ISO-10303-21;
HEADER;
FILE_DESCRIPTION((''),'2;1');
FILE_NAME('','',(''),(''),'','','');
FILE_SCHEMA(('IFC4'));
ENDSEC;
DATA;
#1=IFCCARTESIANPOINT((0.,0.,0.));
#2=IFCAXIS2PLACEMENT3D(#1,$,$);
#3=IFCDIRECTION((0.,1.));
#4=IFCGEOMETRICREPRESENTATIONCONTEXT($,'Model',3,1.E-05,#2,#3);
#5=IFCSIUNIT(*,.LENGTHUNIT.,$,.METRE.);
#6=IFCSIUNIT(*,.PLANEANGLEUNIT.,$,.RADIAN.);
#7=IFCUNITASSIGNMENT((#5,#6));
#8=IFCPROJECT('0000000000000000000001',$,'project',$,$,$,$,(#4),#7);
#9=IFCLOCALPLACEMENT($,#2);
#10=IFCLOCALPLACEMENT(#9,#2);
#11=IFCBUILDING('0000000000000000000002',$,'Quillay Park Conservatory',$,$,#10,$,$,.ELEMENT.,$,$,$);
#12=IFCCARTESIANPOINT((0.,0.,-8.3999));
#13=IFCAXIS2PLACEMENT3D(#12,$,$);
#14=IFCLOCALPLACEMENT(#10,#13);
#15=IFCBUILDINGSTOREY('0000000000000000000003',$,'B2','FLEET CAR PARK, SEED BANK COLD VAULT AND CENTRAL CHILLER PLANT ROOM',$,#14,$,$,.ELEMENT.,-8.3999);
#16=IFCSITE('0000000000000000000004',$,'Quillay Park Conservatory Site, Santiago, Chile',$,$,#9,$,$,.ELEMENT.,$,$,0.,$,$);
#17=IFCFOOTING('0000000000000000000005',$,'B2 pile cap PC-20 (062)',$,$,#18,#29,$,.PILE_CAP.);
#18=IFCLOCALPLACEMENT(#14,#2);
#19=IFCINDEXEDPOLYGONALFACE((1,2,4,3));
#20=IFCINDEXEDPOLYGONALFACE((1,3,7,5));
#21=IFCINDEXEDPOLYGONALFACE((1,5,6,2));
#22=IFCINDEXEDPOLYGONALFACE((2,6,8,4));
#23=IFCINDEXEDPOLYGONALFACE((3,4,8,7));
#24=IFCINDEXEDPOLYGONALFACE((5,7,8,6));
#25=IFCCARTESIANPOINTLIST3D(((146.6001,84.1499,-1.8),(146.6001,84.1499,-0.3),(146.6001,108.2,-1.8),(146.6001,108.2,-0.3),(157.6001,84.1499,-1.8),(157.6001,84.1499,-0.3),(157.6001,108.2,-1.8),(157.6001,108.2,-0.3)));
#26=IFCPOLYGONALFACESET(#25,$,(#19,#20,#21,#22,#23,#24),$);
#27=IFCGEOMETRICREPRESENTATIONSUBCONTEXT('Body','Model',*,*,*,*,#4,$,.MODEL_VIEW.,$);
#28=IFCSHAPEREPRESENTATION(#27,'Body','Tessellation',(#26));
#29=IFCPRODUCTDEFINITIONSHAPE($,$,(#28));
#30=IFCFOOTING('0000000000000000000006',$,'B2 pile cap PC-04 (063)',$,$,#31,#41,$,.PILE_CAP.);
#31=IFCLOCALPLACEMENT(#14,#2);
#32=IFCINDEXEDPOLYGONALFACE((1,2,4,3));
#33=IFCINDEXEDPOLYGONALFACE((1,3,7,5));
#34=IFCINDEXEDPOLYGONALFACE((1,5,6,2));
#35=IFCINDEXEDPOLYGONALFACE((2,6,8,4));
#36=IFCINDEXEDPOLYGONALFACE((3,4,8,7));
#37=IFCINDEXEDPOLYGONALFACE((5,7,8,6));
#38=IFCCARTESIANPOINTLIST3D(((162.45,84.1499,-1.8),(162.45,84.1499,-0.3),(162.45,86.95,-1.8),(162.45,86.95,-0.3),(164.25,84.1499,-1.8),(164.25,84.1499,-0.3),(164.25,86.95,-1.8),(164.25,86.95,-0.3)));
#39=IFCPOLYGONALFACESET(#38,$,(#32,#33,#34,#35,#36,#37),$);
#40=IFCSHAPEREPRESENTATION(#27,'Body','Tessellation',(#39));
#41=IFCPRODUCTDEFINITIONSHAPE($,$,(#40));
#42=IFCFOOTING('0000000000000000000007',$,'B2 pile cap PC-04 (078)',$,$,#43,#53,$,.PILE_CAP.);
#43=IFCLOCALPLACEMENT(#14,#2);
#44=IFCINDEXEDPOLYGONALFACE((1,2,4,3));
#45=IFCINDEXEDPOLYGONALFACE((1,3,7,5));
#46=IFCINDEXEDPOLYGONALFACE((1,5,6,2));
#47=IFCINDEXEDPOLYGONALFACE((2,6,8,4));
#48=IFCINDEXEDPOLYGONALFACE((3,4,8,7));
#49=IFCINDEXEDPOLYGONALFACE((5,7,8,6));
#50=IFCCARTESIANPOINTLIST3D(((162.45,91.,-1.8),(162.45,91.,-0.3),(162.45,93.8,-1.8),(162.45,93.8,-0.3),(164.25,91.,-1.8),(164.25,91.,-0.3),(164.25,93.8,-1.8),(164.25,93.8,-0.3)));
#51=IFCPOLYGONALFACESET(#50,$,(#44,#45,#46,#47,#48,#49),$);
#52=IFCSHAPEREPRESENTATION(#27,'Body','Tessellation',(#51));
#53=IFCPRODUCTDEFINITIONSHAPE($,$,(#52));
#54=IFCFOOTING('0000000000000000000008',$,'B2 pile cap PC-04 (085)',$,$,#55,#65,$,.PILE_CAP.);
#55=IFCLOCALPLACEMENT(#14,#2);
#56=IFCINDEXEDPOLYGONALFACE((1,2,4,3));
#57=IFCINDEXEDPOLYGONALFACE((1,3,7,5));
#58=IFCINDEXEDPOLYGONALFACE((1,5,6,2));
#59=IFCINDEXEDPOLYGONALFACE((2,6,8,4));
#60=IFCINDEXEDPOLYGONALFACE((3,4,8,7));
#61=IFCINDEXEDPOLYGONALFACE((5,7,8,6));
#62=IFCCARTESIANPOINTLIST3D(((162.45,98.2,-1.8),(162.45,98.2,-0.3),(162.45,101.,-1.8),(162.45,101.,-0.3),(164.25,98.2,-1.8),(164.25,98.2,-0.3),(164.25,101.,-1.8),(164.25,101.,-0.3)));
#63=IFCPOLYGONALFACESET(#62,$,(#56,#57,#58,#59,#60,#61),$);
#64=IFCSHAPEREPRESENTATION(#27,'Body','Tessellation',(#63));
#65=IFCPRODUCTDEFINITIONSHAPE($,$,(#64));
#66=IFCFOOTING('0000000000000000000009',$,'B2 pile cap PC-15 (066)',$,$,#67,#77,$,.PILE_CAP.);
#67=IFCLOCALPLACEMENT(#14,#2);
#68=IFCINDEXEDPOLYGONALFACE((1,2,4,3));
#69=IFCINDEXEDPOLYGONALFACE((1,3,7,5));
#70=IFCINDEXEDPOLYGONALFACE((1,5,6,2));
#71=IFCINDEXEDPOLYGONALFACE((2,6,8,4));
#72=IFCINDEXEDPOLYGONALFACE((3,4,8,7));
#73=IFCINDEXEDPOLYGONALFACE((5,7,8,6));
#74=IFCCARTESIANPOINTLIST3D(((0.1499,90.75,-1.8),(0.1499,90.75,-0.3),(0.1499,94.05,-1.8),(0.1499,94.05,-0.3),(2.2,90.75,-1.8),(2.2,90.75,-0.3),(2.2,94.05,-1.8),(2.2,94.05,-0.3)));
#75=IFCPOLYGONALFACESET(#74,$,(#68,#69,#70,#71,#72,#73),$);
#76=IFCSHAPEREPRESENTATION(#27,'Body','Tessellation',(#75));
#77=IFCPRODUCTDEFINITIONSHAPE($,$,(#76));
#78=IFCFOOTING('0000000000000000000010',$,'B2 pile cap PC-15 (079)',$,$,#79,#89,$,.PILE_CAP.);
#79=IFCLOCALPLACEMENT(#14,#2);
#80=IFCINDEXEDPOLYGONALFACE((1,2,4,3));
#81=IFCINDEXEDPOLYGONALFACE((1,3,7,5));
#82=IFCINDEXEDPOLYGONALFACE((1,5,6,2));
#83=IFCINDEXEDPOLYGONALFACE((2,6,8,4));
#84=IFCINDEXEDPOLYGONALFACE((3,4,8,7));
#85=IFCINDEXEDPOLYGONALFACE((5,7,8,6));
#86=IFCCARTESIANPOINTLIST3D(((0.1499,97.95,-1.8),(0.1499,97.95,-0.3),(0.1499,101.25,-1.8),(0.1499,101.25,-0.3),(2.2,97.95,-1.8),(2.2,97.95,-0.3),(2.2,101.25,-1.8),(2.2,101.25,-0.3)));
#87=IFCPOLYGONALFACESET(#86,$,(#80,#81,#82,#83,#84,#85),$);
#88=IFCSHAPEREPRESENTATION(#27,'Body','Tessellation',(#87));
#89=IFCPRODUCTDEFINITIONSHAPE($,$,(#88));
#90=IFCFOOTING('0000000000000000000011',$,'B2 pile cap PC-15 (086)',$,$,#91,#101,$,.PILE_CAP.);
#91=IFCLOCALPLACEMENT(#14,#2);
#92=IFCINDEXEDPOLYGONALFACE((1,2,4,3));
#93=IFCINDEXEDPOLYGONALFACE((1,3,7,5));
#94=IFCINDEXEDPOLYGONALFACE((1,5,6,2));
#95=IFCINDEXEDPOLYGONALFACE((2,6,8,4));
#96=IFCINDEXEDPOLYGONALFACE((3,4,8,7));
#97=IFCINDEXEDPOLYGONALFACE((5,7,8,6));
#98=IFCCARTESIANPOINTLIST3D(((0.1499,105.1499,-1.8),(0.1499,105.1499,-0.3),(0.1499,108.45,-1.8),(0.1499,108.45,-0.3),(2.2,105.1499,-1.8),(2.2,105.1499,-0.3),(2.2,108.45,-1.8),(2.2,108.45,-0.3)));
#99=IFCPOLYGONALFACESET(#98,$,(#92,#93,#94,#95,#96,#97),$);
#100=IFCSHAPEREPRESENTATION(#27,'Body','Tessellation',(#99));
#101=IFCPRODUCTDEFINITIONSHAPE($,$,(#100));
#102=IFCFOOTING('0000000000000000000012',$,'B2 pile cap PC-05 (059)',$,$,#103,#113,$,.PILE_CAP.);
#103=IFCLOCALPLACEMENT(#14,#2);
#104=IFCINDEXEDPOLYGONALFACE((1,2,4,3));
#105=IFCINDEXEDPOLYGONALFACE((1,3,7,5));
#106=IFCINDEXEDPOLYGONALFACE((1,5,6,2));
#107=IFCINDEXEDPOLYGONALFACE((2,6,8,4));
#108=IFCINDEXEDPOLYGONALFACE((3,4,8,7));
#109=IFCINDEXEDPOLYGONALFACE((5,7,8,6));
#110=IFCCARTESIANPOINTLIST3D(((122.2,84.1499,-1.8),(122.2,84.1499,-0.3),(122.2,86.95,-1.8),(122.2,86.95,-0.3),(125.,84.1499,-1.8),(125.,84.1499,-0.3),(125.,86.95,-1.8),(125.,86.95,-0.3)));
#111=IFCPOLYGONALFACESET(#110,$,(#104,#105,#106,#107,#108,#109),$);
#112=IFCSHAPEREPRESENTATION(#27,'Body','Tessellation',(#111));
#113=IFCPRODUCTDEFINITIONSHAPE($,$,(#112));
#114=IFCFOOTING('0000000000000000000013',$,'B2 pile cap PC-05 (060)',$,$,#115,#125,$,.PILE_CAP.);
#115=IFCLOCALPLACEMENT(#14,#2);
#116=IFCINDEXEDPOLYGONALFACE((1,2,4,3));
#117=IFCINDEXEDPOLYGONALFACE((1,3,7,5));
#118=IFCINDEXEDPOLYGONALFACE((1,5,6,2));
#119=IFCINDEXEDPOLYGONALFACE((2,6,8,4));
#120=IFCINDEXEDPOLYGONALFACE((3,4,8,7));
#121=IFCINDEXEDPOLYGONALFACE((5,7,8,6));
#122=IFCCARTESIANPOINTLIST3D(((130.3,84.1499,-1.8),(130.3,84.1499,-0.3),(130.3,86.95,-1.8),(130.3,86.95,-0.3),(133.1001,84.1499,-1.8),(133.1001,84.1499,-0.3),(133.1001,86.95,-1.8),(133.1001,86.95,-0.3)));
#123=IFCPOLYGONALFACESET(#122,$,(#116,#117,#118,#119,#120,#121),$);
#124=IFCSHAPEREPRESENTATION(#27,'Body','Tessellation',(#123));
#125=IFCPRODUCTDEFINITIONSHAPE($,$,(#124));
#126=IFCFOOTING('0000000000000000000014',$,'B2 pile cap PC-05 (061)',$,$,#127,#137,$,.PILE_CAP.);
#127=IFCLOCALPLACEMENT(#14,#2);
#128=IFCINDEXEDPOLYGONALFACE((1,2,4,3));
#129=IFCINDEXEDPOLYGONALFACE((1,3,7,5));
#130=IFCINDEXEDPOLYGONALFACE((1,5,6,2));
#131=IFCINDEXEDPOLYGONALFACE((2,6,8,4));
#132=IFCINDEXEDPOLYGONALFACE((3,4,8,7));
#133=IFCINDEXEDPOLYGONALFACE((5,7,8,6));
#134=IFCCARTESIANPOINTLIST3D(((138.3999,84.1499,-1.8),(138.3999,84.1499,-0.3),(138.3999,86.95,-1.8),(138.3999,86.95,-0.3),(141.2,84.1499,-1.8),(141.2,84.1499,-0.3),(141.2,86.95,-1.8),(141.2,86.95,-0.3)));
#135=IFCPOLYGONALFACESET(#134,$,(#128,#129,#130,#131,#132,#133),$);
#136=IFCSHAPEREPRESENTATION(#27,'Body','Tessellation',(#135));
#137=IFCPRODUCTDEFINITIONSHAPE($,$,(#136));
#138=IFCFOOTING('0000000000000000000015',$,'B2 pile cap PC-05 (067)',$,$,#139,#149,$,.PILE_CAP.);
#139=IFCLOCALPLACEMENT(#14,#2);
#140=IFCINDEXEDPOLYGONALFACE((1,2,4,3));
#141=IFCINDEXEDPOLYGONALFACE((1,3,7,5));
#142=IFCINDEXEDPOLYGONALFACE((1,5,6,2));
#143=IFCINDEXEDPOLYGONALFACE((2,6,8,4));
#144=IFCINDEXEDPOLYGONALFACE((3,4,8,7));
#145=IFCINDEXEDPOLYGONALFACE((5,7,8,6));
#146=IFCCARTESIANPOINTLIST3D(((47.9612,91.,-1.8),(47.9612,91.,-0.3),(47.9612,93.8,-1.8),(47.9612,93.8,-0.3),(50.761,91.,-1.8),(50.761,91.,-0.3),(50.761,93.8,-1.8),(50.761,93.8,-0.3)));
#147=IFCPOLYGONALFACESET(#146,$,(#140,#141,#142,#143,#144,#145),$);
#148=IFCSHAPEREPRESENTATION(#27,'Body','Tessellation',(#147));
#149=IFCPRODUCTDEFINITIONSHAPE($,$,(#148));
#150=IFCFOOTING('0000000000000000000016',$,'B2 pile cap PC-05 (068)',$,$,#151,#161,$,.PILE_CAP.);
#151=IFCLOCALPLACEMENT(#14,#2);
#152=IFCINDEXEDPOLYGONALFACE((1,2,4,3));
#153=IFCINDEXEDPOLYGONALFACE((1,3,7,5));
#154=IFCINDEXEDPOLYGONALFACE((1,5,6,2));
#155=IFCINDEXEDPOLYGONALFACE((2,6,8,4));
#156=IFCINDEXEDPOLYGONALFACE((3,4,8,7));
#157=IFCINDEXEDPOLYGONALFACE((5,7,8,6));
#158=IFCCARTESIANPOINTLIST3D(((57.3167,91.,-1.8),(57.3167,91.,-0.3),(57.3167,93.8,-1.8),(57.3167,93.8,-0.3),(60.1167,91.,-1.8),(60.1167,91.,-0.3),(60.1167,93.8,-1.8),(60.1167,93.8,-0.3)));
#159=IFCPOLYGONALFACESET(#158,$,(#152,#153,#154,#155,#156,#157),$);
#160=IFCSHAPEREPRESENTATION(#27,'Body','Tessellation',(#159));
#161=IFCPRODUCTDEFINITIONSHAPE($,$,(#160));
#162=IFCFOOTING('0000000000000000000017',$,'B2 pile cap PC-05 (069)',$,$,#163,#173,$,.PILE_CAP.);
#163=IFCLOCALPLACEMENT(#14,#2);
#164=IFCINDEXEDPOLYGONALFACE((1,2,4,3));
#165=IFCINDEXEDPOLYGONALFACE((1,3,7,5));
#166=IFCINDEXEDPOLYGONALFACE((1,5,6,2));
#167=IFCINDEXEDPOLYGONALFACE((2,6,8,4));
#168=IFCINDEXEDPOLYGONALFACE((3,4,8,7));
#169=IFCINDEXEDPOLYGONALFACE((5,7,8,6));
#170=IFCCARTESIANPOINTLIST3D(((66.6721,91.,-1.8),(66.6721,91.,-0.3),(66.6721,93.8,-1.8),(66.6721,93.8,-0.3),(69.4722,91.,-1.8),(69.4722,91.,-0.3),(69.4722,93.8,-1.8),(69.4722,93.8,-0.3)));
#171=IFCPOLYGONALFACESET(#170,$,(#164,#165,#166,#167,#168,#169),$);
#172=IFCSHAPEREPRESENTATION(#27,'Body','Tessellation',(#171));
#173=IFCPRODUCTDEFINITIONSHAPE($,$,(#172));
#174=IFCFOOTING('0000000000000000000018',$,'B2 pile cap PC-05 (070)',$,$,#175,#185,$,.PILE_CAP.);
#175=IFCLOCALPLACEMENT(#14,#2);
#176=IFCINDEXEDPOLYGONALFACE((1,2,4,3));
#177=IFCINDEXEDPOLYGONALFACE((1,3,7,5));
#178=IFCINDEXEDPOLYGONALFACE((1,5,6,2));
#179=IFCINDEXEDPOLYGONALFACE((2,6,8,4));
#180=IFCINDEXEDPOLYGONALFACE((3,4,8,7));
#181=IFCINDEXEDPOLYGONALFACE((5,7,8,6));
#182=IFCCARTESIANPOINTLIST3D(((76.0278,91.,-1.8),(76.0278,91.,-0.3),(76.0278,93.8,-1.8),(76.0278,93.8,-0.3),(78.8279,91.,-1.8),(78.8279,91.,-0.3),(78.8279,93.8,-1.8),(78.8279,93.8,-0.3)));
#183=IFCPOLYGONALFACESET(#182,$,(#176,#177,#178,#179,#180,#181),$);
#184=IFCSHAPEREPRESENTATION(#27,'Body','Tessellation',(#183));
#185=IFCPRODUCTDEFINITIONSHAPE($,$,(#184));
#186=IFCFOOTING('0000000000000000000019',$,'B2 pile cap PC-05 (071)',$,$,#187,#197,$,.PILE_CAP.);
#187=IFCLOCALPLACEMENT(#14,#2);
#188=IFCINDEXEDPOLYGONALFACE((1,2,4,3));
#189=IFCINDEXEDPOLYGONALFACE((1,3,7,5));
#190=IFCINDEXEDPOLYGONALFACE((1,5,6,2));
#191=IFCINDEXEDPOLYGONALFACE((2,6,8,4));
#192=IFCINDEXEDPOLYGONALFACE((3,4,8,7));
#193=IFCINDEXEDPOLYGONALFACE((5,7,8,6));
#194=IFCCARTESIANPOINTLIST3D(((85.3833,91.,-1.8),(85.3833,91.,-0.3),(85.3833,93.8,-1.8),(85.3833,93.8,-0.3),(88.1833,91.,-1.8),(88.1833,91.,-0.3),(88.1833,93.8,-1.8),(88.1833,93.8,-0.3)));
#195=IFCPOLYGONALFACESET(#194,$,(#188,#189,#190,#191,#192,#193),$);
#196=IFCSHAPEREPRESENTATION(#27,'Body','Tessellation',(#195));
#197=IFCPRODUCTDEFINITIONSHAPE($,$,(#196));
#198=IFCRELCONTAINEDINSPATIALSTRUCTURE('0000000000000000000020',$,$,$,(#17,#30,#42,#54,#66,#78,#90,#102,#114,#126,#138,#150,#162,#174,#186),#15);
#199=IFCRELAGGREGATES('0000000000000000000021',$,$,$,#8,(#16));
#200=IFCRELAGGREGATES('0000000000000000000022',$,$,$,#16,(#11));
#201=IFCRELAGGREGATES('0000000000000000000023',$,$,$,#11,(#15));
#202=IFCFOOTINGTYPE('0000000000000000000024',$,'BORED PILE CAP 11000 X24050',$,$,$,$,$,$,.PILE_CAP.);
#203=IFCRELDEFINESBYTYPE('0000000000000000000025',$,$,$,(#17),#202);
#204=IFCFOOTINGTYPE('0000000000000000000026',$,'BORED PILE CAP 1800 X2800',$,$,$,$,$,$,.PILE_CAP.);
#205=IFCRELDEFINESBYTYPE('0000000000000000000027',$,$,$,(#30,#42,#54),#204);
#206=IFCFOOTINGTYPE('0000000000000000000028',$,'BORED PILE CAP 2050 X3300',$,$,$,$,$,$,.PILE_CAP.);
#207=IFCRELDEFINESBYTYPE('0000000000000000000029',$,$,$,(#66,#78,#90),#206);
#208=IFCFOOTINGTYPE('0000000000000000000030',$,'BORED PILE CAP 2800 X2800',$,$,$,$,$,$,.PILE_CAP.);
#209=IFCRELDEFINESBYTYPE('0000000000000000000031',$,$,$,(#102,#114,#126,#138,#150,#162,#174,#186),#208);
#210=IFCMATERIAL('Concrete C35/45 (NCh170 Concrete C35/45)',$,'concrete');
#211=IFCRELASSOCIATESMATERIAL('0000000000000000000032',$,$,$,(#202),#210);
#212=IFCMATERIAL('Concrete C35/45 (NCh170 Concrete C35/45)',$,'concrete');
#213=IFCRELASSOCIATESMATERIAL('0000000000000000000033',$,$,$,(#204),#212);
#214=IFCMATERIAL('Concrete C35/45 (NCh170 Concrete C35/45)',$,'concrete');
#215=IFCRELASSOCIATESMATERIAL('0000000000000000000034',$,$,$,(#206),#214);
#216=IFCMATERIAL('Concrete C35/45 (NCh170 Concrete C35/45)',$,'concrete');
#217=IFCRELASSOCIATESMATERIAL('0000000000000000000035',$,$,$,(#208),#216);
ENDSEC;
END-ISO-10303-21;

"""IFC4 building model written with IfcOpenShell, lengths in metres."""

from ifc_helpers import new_model, si_unit, direction, frame, origin, place, context, subcontext, project, spatial, polyline, outline, extrude, material, type_object, element, save


model = new_model("IFC4")

# Units and contexts
model_context = context("Model", 3, precision=1e-05, world=origin(), true_north=direction((0.0, 1.0)))
body_context = subcontext(model_context, "Body", "Model", "MODEL_VIEW")
ifc_project = project(units=[si_unit("LENGTHUNIT", "METRE"), si_unit("PLANEANGLEUNIT", "RADIAN")], contexts=[model_context])

# Site, building, storey
site_placement = place(None, origin())
site = spatial("IfcSite", under=ifc_project, at=site_placement, Name="Quillay Park Conservatory Site, Santiago, Chile", CompositionType="ELEMENT", RefElevation=0.0)
building_placement = place(site_placement, origin())
building = spatial("IfcBuilding", under=site, at=building_placement, Name="Quillay Park Conservatory", CompositionType="ELEMENT")
storey_placement = place(building_placement, frame((0.0, 0.0, -8.3999)))
storey = spatial("IfcBuildingStorey", under=building, at=storey_placement, Name="B2", Description="FLEET CAR PARK, SEED BANK COLD VAULT AND CENTRAL CHILLER PLANT ROOM", CompositionType="ELEMENT", Elevation=-8.3999)

# Footings
ifc_material_1 = material(Name="Concrete C35/45 (NCh170 Concrete C35/45)", Category="concrete")
footing_type_1 = type_object("IfcFootingType", Name="BORED PILE CAP 11000 X24050", PredefinedType="PILE_CAP", material=ifc_material_1)
footing_1_placement = place(storey_placement, frame((0.0, 0.0, -1.8)))
element("IfcFooting", 1, at=footing_1_placement, inside=storey, type_object=footing_type_1, Name="B2 pile cap PC-20 (062)", PredefinedType="PILE_CAP", context=body_context, shape_type="SweptSolid", body=[
    extrude(outline(polyline([(146.6001, 84.1499), (157.6001, 84.1499), (157.6001, 108.2), (146.6001, 108.2), (146.6001, 84.1499)])), origin(), (0.0, 0.0, 1.0), 1.5),
])
ifc_material_2 = material(Name="Concrete C35/45 (NCh170 Concrete C35/45)", Category="concrete")
footing_type_2 = type_object("IfcFootingType", Name="BORED PILE CAP 1800 X2800", PredefinedType="PILE_CAP", material=ifc_material_2)
footing_2_placement = place(storey_placement, frame((0.0, 0.0, -1.8)))
element("IfcFooting", 2, at=footing_2_placement, inside=storey, type_object=footing_type_2, Name="B2 pile cap PC-04 (063)", PredefinedType="PILE_CAP", context=body_context, shape_type="SweptSolid", body=[
    extrude(outline(polyline([(162.45, 84.1499), (164.25, 84.1499), (164.25, 86.95), (162.45, 86.95), (162.45, 84.1499)])), origin(), (0.0, 0.0, 1.0), 1.5),
])
footing_3_placement = place(storey_placement, frame((0.0, 0.0, -1.8)))
element("IfcFooting", 3, at=footing_3_placement, inside=storey, type_object=footing_type_2, Name="B2 pile cap PC-04 (078)", PredefinedType="PILE_CAP", context=body_context, shape_type="SweptSolid", body=[
    extrude(outline(polyline([(162.45, 91.0), (164.25, 91.0), (164.25, 93.8), (162.45, 93.8), (162.45, 91.0)])), origin(), (0.0, 0.0, 1.0), 1.5),
])
footing_4_placement = place(storey_placement, frame((0.0, 0.0, -1.8)))
element("IfcFooting", 4, at=footing_4_placement, inside=storey, type_object=footing_type_2, Name="B2 pile cap PC-04 (085)", PredefinedType="PILE_CAP", context=body_context, shape_type="SweptSolid", body=[
    extrude(outline(polyline([(162.45, 98.2), (164.25, 98.2), (164.25, 101.0), (162.45, 101.0), (162.45, 98.2)])), origin(), (0.0, 0.0, 1.0), 1.5),
])
ifc_material_3 = material(Name="Concrete C35/45 (NCh170 Concrete C35/45)", Category="concrete")
footing_type_3 = type_object("IfcFootingType", Name="BORED PILE CAP 2050 X3300", PredefinedType="PILE_CAP", material=ifc_material_3)
footing_5_placement = place(storey_placement, frame((0.0, 0.0, -1.8)))
element("IfcFooting", 5, at=footing_5_placement, inside=storey, type_object=footing_type_3, Name="B2 pile cap PC-15 (066)", PredefinedType="PILE_CAP", context=body_context, shape_type="SweptSolid", body=[
    extrude(outline(polyline([(0.1499, 90.75), (2.2, 90.75), (2.2, 94.05), (0.1499, 94.05), (0.1499, 90.75)])), origin(), (0.0, 0.0, 1.0), 1.5),
])
footing_6_placement = place(storey_placement, frame((0.0, 0.0, -1.8)))
element("IfcFooting", 6, at=footing_6_placement, inside=storey, type_object=footing_type_3, Name="B2 pile cap PC-15 (079)", PredefinedType="PILE_CAP", context=body_context, shape_type="SweptSolid", body=[
    extrude(outline(polyline([(0.1499, 97.95), (2.2, 97.95), (2.2, 101.25), (0.1499, 101.25), (0.1499, 97.95)])), origin(), (0.0, 0.0, 1.0), 1.5),
])
footing_7_placement = place(storey_placement, frame((0.0, 0.0, -1.8)))
element("IfcFooting", 7, at=footing_7_placement, inside=storey, type_object=footing_type_3, Name="B2 pile cap PC-15 (086)", PredefinedType="PILE_CAP", context=body_context, shape_type="SweptSolid", body=[
    extrude(outline(polyline([(0.1499, 105.1499), (2.2, 105.1499), (2.2, 108.45), (0.1499, 108.45), (0.1499, 105.1499)])), origin(), (0.0, 0.0, 1.0), 1.5),
])
ifc_material_4 = material(Name="Concrete C35/45 (NCh170 Concrete C35/45)", Category="concrete")
footing_type_4 = type_object("IfcFootingType", Name="BORED PILE CAP 2800 X2800", PredefinedType="PILE_CAP", material=ifc_material_4)
footing_8_placement = place(storey_placement, frame((0.0, 0.0, -1.8)))
element("IfcFooting", 8, at=footing_8_placement, inside=storey, type_object=footing_type_4, Name="B2 pile cap PC-05 (059)", PredefinedType="PILE_CAP", context=body_context, shape_type="SweptSolid", body=[
    extrude(outline(polyline([(122.2, 84.1499), (125.0, 84.1499), (125.0, 86.95), (122.2, 86.95), (122.2, 84.1499)])), origin(), (0.0, 0.0, 1.0), 1.5),
])
footing_9_placement = place(storey_placement, frame((0.0, 0.0, -1.8)))
element("IfcFooting", 9, at=footing_9_placement, inside=storey, type_object=footing_type_4, Name="B2 pile cap PC-05 (060)", PredefinedType="PILE_CAP", context=body_context, shape_type="SweptSolid", body=[
    extrude(outline(polyline([(130.3, 84.1499), (133.1001, 84.1499), (133.1001, 86.95), (130.3, 86.95), (130.3, 84.1499)])), origin(), (0.0, 0.0, 1.0), 1.5),
])
footing_10_placement = place(storey_placement, frame((0.0, 0.0, -1.8)))
element("IfcFooting", 10, at=footing_10_placement, inside=storey, type_object=footing_type_4, Name="B2 pile cap PC-05 (061)", PredefinedType="PILE_CAP", context=body_context, shape_type="SweptSolid", body=[
    extrude(outline(polyline([(138.3999, 84.1499), (141.2, 84.1499), (141.2, 86.95), (138.3999, 86.95), (138.3999, 84.1499)])), origin(), (0.0, 0.0, 1.0), 1.5),
])
footing_11_placement = place(storey_placement, frame((0.0, 0.0, -1.8)))
element("IfcFooting", 11, at=footing_11_placement, inside=storey, type_object=footing_type_4, Name="B2 pile cap PC-05 (067)", PredefinedType="PILE_CAP", context=body_context, shape_type="SweptSolid", body=[
    extrude(outline(polyline([(47.9612, 91.0), (50.761, 91.0), (50.761, 93.8), (47.9612, 93.8), (47.9612, 91.0)])), origin(), (0.0, 0.0, 1.0), 1.5),
])
footing_12_placement = place(storey_placement, frame((0.0, 0.0, -1.8)))
element("IfcFooting", 12, at=footing_12_placement, inside=storey, type_object=footing_type_4, Name="B2 pile cap PC-05 (068)", PredefinedType="PILE_CAP", context=body_context, shape_type="SweptSolid", body=[
    extrude(outline(polyline([(57.3167, 91.0), (60.1167, 91.0), (60.1167, 93.8), (57.3167, 93.8), (57.3167, 91.0)])), origin(), (0.0, 0.0, 1.0), 1.5),
])
footing_13_placement = place(storey_placement, frame((0.0, 0.0, -1.8)))
element("IfcFooting", 13, at=footing_13_placement, inside=storey, type_object=footing_type_4, Name="B2 pile cap PC-05 (069)", PredefinedType="PILE_CAP", context=body_context, shape_type="SweptSolid", body=[
    extrude(outline(polyline([(66.6721, 91.0), (69.4722, 91.0), (69.4722, 93.8), (66.6721, 93.8), (66.6721, 91.0)])), origin(), (0.0, 0.0, 1.0), 1.5),
])
footing_14_placement = place(storey_placement, frame((0.0, 0.0, -1.8)))
element("IfcFooting", 14, at=footing_14_placement, inside=storey, type_object=footing_type_4, Name="B2 pile cap PC-05 (070)", PredefinedType="PILE_CAP", context=body_context, shape_type="SweptSolid", body=[
    extrude(outline(polyline([(76.0278, 91.0), (78.8279, 91.0), (78.8279, 93.8), (76.0278, 93.8), (76.0278, 91.0)])), origin(), (0.0, 0.0, 1.0), 1.5),
])
footing_15_placement = place(storey_placement, frame((0.0, 0.0, -1.8)))
element("IfcFooting", 15, at=footing_15_placement, inside=storey, type_object=footing_type_4, Name="B2 pile cap PC-05 (071)", PredefinedType="PILE_CAP", context=body_context, shape_type="SweptSolid", body=[
    extrude(outline(polyline([(85.3833, 91.0), (88.1833, 91.0), (88.1833, 93.8), (85.3833, 93.8), (85.3833, 91.0)])), origin(), (0.0, 0.0, 1.0), 1.5),
])

save(model, "model.ifc")
